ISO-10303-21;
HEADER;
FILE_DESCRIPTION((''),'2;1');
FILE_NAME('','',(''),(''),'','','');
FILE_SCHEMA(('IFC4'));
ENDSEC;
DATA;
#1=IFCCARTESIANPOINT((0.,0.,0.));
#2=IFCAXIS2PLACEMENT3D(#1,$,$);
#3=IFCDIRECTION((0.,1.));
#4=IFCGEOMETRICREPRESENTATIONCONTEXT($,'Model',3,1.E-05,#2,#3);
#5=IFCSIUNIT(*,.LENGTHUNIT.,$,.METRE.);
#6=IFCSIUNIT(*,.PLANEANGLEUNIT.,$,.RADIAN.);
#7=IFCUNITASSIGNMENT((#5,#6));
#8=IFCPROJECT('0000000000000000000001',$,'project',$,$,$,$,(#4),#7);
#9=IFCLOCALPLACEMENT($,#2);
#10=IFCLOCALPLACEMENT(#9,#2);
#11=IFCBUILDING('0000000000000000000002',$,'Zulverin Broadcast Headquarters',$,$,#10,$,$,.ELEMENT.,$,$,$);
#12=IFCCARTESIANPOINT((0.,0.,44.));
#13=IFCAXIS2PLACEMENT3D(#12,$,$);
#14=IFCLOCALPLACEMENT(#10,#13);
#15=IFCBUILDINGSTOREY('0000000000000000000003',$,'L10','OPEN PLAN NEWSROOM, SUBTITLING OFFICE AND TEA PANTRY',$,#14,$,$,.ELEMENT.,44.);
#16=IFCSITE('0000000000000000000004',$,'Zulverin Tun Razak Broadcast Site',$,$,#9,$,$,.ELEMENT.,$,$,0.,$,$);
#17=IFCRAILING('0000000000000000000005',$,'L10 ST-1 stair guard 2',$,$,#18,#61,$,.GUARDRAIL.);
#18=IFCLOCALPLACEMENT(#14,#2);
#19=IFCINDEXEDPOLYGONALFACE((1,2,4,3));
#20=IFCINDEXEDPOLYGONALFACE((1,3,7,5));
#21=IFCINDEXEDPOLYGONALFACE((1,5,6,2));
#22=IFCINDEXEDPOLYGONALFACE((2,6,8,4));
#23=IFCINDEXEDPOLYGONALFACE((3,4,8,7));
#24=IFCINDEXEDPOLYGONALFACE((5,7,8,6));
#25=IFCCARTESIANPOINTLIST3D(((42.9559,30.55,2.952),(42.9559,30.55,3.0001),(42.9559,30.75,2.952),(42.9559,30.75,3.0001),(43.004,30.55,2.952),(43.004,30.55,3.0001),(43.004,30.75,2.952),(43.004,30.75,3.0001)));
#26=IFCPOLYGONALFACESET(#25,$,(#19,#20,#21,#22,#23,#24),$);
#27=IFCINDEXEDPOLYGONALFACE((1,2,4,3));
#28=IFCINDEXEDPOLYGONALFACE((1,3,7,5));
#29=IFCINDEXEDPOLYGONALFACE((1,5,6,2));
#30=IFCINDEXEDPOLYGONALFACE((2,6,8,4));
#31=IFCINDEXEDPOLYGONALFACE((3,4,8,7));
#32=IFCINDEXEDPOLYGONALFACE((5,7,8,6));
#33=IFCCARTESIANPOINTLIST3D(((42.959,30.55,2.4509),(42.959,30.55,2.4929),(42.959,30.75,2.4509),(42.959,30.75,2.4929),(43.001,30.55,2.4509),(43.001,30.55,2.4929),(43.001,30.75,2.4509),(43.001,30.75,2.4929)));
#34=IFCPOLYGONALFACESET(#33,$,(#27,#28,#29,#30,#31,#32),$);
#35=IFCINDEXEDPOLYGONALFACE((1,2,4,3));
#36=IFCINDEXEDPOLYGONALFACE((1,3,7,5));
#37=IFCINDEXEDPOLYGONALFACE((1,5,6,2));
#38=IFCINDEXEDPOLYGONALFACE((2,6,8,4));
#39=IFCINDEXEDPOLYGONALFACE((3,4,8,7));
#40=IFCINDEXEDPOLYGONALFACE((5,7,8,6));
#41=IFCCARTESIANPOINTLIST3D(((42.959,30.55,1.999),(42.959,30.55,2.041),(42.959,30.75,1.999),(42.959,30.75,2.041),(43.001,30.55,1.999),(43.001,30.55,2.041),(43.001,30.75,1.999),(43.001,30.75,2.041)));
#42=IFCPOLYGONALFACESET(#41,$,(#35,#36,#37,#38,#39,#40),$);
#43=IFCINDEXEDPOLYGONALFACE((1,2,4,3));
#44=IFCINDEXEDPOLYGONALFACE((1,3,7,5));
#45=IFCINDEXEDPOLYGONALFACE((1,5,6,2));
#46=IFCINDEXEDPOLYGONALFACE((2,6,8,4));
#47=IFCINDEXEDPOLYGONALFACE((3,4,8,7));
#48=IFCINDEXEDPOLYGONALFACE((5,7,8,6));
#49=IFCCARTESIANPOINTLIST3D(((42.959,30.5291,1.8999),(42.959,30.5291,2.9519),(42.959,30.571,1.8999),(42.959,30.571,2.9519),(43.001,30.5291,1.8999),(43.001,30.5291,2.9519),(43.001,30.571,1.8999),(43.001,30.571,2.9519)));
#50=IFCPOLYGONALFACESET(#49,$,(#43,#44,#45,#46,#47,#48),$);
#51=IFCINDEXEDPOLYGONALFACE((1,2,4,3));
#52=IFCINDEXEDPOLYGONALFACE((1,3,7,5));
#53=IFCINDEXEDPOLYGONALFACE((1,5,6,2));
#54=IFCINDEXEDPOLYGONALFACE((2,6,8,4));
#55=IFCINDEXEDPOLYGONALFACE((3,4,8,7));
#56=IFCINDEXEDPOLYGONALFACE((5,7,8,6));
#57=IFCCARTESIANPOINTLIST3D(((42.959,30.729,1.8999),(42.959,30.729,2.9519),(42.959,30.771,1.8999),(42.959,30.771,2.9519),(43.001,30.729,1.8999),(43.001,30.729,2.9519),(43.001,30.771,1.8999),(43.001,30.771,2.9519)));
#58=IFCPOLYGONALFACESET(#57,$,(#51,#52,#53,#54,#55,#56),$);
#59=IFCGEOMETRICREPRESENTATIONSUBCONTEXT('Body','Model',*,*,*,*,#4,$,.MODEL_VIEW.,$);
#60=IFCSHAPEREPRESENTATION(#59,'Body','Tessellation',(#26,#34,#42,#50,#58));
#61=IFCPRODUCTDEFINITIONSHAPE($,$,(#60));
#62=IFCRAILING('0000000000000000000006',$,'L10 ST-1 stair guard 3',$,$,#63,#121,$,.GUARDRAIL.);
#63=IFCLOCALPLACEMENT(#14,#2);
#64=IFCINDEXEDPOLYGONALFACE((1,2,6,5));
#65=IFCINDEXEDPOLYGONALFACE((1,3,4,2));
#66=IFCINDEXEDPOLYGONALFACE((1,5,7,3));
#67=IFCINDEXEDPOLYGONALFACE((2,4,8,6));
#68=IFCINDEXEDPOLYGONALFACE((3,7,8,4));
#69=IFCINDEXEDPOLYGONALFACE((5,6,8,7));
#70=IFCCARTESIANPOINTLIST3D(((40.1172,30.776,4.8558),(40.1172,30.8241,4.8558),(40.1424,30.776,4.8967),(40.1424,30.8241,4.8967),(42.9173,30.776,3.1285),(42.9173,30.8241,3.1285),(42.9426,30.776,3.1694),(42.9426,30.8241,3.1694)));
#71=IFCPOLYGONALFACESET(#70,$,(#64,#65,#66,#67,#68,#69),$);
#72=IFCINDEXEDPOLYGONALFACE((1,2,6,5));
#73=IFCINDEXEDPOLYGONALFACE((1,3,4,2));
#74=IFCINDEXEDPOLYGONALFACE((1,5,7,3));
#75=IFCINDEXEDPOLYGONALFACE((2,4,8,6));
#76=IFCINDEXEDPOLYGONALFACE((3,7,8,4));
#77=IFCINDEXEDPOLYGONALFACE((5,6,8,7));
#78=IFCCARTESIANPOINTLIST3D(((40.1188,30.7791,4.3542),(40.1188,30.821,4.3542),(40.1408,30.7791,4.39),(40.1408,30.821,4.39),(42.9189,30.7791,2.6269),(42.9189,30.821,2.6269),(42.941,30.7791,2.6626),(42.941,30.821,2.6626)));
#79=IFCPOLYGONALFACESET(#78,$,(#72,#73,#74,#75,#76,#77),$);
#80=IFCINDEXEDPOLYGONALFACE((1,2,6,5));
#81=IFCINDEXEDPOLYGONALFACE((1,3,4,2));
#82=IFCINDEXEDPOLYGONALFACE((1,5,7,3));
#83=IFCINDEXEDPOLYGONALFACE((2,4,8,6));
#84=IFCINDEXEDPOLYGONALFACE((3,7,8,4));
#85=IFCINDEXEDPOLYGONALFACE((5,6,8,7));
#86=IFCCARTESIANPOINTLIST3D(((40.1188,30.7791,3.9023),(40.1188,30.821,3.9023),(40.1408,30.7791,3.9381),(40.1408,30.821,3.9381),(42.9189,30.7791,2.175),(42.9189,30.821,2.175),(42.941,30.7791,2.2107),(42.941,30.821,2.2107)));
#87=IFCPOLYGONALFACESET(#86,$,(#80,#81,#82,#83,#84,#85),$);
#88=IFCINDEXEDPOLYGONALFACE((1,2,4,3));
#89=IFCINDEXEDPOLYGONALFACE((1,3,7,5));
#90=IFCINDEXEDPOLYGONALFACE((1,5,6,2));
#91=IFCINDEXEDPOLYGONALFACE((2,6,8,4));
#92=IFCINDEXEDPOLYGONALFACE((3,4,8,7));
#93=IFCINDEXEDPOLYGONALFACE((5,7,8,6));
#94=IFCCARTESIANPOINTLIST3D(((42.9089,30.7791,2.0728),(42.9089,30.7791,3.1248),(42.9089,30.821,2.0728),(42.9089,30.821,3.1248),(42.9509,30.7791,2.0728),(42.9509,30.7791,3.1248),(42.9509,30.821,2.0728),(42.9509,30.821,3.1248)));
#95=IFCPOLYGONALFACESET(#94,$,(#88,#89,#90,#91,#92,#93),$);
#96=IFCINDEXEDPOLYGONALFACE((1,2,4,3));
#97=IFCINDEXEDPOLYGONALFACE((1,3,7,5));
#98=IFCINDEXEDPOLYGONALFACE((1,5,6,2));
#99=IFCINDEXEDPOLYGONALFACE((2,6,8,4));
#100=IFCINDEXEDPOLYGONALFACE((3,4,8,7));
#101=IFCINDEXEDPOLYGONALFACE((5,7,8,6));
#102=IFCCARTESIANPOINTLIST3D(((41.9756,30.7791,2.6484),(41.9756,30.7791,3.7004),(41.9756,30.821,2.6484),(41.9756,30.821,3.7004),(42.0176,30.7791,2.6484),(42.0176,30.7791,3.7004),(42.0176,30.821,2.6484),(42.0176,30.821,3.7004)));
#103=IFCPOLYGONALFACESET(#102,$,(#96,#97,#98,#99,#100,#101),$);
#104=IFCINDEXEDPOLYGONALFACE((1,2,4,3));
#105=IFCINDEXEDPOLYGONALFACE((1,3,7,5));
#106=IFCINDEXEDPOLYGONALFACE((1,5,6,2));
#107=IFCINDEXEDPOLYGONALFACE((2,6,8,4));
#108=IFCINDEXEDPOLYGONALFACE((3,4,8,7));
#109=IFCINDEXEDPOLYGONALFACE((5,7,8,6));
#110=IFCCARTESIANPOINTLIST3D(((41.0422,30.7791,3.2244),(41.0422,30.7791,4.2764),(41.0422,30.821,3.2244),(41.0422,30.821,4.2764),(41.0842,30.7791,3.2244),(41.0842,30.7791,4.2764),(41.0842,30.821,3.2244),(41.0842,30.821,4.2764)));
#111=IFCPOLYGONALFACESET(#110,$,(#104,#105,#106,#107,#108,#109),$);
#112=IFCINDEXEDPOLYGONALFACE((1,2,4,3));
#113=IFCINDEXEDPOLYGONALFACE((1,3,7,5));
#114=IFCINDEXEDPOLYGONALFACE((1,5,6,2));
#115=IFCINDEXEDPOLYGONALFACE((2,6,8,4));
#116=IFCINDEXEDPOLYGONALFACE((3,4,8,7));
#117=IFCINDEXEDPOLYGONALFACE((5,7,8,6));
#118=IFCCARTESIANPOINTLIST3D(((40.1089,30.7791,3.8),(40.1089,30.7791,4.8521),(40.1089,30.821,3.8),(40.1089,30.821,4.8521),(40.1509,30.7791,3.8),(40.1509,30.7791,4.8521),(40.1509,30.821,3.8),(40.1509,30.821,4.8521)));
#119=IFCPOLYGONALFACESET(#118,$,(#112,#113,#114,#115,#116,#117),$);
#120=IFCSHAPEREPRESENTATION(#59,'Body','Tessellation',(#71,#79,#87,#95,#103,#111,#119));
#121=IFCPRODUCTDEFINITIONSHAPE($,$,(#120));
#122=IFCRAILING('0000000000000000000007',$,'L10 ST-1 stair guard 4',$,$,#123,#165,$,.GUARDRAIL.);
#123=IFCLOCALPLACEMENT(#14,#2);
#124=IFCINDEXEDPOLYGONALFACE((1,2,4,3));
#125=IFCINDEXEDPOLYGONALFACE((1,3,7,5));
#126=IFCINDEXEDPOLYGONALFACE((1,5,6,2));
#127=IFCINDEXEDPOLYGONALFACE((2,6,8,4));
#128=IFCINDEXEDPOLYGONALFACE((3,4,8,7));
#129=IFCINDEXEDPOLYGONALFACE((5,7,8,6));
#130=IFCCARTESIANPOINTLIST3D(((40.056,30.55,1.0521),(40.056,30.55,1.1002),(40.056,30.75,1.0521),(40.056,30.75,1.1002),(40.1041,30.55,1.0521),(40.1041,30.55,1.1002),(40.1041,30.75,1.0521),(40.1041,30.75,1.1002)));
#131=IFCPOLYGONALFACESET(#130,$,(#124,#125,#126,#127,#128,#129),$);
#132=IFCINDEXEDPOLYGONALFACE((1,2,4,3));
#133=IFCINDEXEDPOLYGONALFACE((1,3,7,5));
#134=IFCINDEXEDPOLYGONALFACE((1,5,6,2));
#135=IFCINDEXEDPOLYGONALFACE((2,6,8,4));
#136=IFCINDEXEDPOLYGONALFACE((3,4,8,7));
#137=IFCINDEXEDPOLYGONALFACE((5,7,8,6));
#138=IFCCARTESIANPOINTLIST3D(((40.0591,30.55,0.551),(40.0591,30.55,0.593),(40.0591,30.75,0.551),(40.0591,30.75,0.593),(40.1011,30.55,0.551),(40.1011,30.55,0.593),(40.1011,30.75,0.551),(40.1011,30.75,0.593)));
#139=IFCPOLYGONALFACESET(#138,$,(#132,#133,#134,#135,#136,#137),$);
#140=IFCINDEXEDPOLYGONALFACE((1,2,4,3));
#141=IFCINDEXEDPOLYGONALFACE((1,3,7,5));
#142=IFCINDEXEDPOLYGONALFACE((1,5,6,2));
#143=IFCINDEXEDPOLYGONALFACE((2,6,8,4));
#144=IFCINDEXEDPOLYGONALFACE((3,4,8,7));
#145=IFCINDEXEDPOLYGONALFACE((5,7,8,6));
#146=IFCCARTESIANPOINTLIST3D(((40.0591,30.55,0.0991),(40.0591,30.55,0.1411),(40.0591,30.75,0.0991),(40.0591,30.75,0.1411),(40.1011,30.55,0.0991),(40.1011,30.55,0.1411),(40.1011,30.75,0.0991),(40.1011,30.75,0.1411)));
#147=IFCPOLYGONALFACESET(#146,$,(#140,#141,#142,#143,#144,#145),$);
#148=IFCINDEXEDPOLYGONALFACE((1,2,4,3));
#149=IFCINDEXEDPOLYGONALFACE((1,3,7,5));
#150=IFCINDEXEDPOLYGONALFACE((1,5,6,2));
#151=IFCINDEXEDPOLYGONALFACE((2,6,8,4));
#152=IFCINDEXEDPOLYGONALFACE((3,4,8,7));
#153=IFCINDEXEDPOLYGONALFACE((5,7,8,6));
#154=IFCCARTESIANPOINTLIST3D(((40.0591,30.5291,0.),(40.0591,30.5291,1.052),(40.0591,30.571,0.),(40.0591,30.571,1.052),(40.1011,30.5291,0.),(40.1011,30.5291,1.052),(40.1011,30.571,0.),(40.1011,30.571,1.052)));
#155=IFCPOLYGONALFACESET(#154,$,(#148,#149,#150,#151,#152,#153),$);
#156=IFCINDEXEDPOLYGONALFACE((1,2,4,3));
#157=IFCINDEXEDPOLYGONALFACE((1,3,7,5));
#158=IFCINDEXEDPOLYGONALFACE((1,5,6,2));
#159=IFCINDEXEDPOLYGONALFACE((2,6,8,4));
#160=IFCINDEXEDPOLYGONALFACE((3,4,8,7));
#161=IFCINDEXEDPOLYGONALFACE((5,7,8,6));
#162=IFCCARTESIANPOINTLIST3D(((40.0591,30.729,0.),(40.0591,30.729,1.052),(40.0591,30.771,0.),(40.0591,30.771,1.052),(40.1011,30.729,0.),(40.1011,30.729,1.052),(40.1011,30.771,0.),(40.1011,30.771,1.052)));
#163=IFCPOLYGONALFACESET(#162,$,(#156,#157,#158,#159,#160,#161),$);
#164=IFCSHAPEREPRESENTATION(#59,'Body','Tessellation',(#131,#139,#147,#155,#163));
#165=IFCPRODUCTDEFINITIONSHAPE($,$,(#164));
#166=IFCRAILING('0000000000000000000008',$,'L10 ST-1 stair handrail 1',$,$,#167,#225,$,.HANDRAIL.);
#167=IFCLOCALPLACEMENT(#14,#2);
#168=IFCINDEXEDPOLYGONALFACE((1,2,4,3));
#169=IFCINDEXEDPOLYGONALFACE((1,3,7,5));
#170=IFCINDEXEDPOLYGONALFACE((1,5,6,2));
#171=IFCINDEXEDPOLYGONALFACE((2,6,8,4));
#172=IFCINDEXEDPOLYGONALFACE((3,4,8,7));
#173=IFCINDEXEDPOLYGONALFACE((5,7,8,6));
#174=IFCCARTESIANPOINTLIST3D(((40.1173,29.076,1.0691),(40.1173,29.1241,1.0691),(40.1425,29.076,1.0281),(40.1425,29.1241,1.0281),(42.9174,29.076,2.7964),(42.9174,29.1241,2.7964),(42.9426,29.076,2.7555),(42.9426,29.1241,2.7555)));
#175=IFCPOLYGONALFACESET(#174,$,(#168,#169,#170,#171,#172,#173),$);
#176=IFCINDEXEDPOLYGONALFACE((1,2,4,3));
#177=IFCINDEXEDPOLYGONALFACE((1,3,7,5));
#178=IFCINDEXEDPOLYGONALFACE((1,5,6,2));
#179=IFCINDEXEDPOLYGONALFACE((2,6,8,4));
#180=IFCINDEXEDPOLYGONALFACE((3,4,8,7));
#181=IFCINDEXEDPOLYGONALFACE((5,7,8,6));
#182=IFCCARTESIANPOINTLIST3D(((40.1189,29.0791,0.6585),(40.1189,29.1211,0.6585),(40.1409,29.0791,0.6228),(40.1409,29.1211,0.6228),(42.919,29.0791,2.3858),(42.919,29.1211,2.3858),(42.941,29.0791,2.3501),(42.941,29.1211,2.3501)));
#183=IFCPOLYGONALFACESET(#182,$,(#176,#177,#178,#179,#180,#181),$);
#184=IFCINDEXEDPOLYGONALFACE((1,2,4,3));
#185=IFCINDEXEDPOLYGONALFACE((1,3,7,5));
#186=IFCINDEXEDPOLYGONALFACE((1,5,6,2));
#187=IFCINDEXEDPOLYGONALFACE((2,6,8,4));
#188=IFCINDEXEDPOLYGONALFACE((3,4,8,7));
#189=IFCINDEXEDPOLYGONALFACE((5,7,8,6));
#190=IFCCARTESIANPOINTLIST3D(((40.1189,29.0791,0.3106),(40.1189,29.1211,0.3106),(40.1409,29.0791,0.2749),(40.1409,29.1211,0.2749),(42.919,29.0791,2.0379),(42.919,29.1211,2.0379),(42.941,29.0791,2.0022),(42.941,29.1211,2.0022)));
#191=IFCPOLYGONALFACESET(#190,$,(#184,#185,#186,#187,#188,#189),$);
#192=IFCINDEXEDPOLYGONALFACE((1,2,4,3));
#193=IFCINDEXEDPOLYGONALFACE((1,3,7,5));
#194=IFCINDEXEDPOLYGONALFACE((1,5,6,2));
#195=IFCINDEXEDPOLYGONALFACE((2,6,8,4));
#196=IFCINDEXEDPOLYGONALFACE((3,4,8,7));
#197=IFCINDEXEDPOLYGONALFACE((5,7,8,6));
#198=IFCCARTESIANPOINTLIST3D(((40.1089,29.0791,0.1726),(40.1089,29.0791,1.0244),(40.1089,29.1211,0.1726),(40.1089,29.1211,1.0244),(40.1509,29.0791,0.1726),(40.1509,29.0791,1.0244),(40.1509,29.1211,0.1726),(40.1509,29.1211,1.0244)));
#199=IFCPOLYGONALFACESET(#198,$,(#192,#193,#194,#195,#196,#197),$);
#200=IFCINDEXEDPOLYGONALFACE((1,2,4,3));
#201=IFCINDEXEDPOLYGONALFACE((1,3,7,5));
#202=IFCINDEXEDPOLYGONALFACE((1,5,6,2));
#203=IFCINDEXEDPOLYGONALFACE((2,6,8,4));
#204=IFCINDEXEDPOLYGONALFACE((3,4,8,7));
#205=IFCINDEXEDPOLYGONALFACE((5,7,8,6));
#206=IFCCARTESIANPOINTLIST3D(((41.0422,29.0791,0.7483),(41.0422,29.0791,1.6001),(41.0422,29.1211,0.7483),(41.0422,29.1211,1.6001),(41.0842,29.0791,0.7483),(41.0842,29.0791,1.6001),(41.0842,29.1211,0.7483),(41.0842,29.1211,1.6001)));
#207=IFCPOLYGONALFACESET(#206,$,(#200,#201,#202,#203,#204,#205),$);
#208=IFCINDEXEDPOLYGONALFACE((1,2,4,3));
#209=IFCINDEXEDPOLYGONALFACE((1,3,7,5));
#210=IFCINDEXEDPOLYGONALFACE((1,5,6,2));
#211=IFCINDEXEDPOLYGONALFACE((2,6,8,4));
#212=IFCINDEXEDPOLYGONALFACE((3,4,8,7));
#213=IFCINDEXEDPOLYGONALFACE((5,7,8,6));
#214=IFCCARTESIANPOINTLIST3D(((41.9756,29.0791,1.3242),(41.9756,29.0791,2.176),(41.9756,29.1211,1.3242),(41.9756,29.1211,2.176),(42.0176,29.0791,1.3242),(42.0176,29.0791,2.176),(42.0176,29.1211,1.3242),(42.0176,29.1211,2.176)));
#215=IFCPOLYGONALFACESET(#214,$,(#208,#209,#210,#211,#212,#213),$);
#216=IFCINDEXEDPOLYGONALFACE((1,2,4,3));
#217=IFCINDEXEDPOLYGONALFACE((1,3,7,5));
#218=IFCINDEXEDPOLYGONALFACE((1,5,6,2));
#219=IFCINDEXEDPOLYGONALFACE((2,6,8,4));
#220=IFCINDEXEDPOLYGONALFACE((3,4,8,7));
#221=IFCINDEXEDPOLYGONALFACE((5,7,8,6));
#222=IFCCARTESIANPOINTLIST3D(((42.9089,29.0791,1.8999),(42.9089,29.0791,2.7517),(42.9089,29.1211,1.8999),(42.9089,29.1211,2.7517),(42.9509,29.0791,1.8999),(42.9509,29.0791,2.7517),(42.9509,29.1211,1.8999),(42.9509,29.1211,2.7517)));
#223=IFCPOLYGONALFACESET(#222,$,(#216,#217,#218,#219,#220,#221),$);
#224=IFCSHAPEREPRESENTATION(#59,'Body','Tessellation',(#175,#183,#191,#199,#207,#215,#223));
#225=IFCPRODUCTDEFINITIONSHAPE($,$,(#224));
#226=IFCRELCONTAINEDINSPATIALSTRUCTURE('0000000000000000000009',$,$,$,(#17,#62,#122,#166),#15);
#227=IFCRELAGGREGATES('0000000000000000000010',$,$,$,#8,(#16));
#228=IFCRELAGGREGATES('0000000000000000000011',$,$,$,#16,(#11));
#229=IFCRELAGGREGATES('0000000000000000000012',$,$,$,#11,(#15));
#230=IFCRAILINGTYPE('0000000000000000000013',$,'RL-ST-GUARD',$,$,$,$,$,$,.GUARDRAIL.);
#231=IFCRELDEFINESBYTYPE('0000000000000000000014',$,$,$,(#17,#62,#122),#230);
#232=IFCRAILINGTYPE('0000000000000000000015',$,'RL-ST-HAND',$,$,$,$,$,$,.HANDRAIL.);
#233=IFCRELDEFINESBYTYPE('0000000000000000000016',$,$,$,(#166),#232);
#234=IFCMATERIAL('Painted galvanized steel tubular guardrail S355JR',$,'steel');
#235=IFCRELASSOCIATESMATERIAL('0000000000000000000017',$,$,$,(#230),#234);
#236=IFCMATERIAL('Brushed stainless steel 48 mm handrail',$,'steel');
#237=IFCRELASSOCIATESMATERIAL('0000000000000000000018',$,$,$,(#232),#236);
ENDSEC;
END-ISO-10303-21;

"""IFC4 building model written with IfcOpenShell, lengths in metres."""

from ifc_helpers import new_model, si_unit, direction, frame, origin, origin_2d, place, context, subcontext, project, spatial, rectangle, extrude, material, type_object, element, save


model = new_model("IFC4")

# Units and contexts
model_context = context("Model", 3, precision=1e-05, world=origin(), true_north=direction((0.0, 1.0)))
body_context = subcontext(model_context, "Body", "Model", "MODEL_VIEW")
ifc_project = project(units=[si_unit("LENGTHUNIT", "METRE"), si_unit("PLANEANGLEUNIT", "RADIAN")], contexts=[model_context])

# Site, building, storey
site_placement = place(None, origin())
site = spatial("IfcSite", under=ifc_project, at=site_placement, Name="Zulverin Tun Razak Broadcast Site", CompositionType="ELEMENT", RefElevation=0.0)
building_placement = place(site_placement, origin())
building = spatial("IfcBuilding", under=site, at=building_placement, Name="Zulverin Broadcast Headquarters", CompositionType="ELEMENT")
storey_placement = place(building_placement, frame((0.0, 0.0, 44.0)))
storey = spatial("IfcBuildingStorey", under=building, at=storey_placement, Name="L10", Description="OPEN PLAN NEWSROOM, SUBTITLING OFFICE AND TEA PANTRY", CompositionType="ELEMENT", Elevation=44.0)

# Railings
ifc_material_1 = material(Name="Painted galvanized steel tubular guardrail S355JR", Category="steel")
railing_type_1 = type_object("IfcRailingType", Name="RL-ST-GUARD", PredefinedType="GUARDRAIL", material=ifc_material_1)
railing_1_placement = place(storey_placement, frame((42.98, 30.55, 1.8999)))
element("IfcRailing", 1, at=railing_1_placement, inside=storey, type_object=railing_type_1, Name="L10 ST-1 stair guard 2", PredefinedType="GUARDRAIL", context=body_context, shape_type="SweptSolid", body=[
    extrude(rectangle(XDim=0.0481, YDim=0.0481, at=origin_2d()), frame((0.0, 0.0, 1.0762), z_axis=(0.0, 1.0, 0.0), x_axis=(-1.0, 0.0, 0.0)), (0.0, 0.0, 1.0), 0.2),
    extrude(rectangle(XDim=0.042, YDim=0.042, at=origin_2d()), frame((0.0, 0.0, 0.572), z_axis=(0.0, 1.0, 0.0), x_axis=(-1.0, 0.0, 0.0)), (0.0, 0.0, 1.0), 0.2),
    extrude(rectangle(XDim=0.042, YDim=0.042, at=origin_2d()), frame((0.0, 0.0, 0.1201), z_axis=(0.0, 1.0, 0.0), x_axis=(-1.0, 0.0, 0.0)), (0.0, 0.0, 1.0), 0.2),
    extrude(rectangle(XDim=0.042, YDim=0.042, at=origin_2d()), origin(), (0.0, 0.0, 1.0), 1.052),
    extrude(rectangle(XDim=0.042, YDim=0.042, at=origin_2d()), frame((0.0, 0.2, 0.0)), (0.0, 0.0, 1.0), 1.052),
])
railing_2_placement = place(storey_placement, frame((42.9299, 30.8, 2.0728)))
element("IfcRailing", 2, at=railing_2_placement, inside=storey, type_object=railing_type_1, Name="L10 ST-1 stair guard 3", PredefinedType="GUARDRAIL", context=body_context, shape_type="SweptSolid", body=[
    extrude(rectangle(XDim=0.0481, YDim=0.0481, at=origin_2d()), frame((0.0, 0.0, 1.0762), z_axis=(-0.85109, 0.0, 0.52502), x_axis=(0.0, -1.0, 0.0)), (0.0, 0.0, 1.0), 3.29),
    extrude(rectangle(XDim=0.042, YDim=0.042, at=origin_2d()), frame((0.0, 0.0, 0.572), z_axis=(-0.85109, 0.0, 0.52502), x_axis=(0.0, -1.0, 0.0)), (0.0, 0.0, 1.0), 3.29),
    extrude(rectangle(XDim=0.042, YDim=0.042, at=origin_2d()), frame((0.0, 0.0, 0.1201), z_axis=(-0.85109, 0.0, 0.52502), x_axis=(0.0, -1.0, 0.0)), (0.0, 0.0, 1.0), 3.29),
    extrude(rectangle(XDim=0.042, YDim=0.042, at=origin_2d()), origin(), (0.0, 0.0, 1.0), 1.052),
    extrude(rectangle(XDim=0.042, YDim=0.042, at=origin_2d()), frame((-0.9333, 0.0, 0.5757)), (0.0, 0.0, 1.0), 1.052),
    extrude(rectangle(XDim=0.042, YDim=0.042, at=origin_2d()), frame((-1.8667, 0.0, 1.1516)), (0.0, 0.0, 1.0), 1.052),
    extrude(rectangle(XDim=0.042, YDim=0.042, at=origin_2d()), frame((-2.8, 0.0, 1.7273)), (0.0, 0.0, 1.0), 1.052),
])
railing_3_placement = place(storey_placement, frame((40.0801, 30.55, 0.0)))
element("IfcRailing", 3, at=railing_3_placement, inside=storey, type_object=railing_type_1, Name="L10 ST-1 stair guard 4", PredefinedType="GUARDRAIL", context=body_context, shape_type="SweptSolid", body=[
    extrude(rectangle(XDim=0.0481, YDim=0.0481, at=origin_2d()), frame((0.0, 0.0, 1.0762), z_axis=(0.0, 1.0, 0.0), x_axis=(-1.0, 0.0, 0.0)), (0.0, 0.0, 1.0), 0.2),
    extrude(rectangle(XDim=0.042, YDim=0.042, at=origin_2d()), frame((0.0, 0.0, 0.572), z_axis=(0.0, 1.0, 0.0), x_axis=(-1.0, 0.0, 0.0)), (0.0, 0.0, 1.0), 0.2),
    extrude(rectangle(XDim=0.042, YDim=0.042, at=origin_2d()), frame((0.0, 0.0, 0.1201), z_axis=(0.0, 1.0, 0.0), x_axis=(-1.0, 0.0, 0.0)), (0.0, 0.0, 1.0), 0.2),
    extrude(rectangle(XDim=0.042, YDim=0.042, at=origin_2d()), origin(), (0.0, 0.0, 1.0), 1.052),
    extrude(rectangle(XDim=0.042, YDim=0.042, at=origin_2d()), frame((0.0, 0.2, 0.0)), (0.0, 0.0, 1.0), 1.052),
])
ifc_material_2 = material(Name="Brushed stainless steel 48 mm handrail", Category="steel")
railing_type_2 = type_object("IfcRailingType", Name="RL-ST-HAND", PredefinedType="HANDRAIL", material=ifc_material_2)
railing_4_placement = place(storey_placement, frame((40.1299, 29.1001, 0.1726)))
element("IfcRailing", 4, at=railing_4_placement, inside=storey, type_object=railing_type_2, Name="L10 ST-1 stair handrail 1", PredefinedType="HANDRAIL", context=body_context, shape_type="SweptSolid", body=[
    extrude(rectangle(XDim=0.0481, YDim=0.0481, at=origin_2d()), frame((0.0, 0.0, 0.876), z_axis=(0.85109, 0.0, 0.52502), x_axis=(0.0, 1.0, 0.0)), (0.0, 0.0, 1.0), 3.29),
    extrude(rectangle(XDim=0.042, YDim=0.042, at=origin_2d()), frame((0.0, 0.0, 0.468), z_axis=(0.85109, 0.0, 0.52502), x_axis=(0.0, 1.0, 0.0)), (0.0, 0.0, 1.0), 3.29),
    extrude(rectangle(XDim=0.042, YDim=0.042, at=origin_2d()), frame((0.0, 0.0, 0.1201), z_axis=(0.85109, 0.0, 0.52502), x_axis=(0.0, 1.0, 0.0)), (0.0, 0.0, 1.0), 3.29),
    extrude(rectangle(XDim=0.042, YDim=0.042, at=origin_2d()), origin(), (0.0, 0.0, 1.0), 0.8518),
    extrude(rectangle(XDim=0.042, YDim=0.042, at=origin_2d()), frame((0.9333, 0.0, 0.5757)), (0.0, 0.0, 1.0), 0.8518),
    extrude(rectangle(XDim=0.042, YDim=0.042, at=origin_2d()), frame((1.8667, 0.0, 1.1516)), (0.0, 0.0, 1.0), 0.8518),
    extrude(rectangle(XDim=0.042, YDim=0.042, at=origin_2d()), frame((2.8, 0.0, 1.7273)), (0.0, 0.0, 1.0), 0.8518),
])

save(model, "model.ifc")
